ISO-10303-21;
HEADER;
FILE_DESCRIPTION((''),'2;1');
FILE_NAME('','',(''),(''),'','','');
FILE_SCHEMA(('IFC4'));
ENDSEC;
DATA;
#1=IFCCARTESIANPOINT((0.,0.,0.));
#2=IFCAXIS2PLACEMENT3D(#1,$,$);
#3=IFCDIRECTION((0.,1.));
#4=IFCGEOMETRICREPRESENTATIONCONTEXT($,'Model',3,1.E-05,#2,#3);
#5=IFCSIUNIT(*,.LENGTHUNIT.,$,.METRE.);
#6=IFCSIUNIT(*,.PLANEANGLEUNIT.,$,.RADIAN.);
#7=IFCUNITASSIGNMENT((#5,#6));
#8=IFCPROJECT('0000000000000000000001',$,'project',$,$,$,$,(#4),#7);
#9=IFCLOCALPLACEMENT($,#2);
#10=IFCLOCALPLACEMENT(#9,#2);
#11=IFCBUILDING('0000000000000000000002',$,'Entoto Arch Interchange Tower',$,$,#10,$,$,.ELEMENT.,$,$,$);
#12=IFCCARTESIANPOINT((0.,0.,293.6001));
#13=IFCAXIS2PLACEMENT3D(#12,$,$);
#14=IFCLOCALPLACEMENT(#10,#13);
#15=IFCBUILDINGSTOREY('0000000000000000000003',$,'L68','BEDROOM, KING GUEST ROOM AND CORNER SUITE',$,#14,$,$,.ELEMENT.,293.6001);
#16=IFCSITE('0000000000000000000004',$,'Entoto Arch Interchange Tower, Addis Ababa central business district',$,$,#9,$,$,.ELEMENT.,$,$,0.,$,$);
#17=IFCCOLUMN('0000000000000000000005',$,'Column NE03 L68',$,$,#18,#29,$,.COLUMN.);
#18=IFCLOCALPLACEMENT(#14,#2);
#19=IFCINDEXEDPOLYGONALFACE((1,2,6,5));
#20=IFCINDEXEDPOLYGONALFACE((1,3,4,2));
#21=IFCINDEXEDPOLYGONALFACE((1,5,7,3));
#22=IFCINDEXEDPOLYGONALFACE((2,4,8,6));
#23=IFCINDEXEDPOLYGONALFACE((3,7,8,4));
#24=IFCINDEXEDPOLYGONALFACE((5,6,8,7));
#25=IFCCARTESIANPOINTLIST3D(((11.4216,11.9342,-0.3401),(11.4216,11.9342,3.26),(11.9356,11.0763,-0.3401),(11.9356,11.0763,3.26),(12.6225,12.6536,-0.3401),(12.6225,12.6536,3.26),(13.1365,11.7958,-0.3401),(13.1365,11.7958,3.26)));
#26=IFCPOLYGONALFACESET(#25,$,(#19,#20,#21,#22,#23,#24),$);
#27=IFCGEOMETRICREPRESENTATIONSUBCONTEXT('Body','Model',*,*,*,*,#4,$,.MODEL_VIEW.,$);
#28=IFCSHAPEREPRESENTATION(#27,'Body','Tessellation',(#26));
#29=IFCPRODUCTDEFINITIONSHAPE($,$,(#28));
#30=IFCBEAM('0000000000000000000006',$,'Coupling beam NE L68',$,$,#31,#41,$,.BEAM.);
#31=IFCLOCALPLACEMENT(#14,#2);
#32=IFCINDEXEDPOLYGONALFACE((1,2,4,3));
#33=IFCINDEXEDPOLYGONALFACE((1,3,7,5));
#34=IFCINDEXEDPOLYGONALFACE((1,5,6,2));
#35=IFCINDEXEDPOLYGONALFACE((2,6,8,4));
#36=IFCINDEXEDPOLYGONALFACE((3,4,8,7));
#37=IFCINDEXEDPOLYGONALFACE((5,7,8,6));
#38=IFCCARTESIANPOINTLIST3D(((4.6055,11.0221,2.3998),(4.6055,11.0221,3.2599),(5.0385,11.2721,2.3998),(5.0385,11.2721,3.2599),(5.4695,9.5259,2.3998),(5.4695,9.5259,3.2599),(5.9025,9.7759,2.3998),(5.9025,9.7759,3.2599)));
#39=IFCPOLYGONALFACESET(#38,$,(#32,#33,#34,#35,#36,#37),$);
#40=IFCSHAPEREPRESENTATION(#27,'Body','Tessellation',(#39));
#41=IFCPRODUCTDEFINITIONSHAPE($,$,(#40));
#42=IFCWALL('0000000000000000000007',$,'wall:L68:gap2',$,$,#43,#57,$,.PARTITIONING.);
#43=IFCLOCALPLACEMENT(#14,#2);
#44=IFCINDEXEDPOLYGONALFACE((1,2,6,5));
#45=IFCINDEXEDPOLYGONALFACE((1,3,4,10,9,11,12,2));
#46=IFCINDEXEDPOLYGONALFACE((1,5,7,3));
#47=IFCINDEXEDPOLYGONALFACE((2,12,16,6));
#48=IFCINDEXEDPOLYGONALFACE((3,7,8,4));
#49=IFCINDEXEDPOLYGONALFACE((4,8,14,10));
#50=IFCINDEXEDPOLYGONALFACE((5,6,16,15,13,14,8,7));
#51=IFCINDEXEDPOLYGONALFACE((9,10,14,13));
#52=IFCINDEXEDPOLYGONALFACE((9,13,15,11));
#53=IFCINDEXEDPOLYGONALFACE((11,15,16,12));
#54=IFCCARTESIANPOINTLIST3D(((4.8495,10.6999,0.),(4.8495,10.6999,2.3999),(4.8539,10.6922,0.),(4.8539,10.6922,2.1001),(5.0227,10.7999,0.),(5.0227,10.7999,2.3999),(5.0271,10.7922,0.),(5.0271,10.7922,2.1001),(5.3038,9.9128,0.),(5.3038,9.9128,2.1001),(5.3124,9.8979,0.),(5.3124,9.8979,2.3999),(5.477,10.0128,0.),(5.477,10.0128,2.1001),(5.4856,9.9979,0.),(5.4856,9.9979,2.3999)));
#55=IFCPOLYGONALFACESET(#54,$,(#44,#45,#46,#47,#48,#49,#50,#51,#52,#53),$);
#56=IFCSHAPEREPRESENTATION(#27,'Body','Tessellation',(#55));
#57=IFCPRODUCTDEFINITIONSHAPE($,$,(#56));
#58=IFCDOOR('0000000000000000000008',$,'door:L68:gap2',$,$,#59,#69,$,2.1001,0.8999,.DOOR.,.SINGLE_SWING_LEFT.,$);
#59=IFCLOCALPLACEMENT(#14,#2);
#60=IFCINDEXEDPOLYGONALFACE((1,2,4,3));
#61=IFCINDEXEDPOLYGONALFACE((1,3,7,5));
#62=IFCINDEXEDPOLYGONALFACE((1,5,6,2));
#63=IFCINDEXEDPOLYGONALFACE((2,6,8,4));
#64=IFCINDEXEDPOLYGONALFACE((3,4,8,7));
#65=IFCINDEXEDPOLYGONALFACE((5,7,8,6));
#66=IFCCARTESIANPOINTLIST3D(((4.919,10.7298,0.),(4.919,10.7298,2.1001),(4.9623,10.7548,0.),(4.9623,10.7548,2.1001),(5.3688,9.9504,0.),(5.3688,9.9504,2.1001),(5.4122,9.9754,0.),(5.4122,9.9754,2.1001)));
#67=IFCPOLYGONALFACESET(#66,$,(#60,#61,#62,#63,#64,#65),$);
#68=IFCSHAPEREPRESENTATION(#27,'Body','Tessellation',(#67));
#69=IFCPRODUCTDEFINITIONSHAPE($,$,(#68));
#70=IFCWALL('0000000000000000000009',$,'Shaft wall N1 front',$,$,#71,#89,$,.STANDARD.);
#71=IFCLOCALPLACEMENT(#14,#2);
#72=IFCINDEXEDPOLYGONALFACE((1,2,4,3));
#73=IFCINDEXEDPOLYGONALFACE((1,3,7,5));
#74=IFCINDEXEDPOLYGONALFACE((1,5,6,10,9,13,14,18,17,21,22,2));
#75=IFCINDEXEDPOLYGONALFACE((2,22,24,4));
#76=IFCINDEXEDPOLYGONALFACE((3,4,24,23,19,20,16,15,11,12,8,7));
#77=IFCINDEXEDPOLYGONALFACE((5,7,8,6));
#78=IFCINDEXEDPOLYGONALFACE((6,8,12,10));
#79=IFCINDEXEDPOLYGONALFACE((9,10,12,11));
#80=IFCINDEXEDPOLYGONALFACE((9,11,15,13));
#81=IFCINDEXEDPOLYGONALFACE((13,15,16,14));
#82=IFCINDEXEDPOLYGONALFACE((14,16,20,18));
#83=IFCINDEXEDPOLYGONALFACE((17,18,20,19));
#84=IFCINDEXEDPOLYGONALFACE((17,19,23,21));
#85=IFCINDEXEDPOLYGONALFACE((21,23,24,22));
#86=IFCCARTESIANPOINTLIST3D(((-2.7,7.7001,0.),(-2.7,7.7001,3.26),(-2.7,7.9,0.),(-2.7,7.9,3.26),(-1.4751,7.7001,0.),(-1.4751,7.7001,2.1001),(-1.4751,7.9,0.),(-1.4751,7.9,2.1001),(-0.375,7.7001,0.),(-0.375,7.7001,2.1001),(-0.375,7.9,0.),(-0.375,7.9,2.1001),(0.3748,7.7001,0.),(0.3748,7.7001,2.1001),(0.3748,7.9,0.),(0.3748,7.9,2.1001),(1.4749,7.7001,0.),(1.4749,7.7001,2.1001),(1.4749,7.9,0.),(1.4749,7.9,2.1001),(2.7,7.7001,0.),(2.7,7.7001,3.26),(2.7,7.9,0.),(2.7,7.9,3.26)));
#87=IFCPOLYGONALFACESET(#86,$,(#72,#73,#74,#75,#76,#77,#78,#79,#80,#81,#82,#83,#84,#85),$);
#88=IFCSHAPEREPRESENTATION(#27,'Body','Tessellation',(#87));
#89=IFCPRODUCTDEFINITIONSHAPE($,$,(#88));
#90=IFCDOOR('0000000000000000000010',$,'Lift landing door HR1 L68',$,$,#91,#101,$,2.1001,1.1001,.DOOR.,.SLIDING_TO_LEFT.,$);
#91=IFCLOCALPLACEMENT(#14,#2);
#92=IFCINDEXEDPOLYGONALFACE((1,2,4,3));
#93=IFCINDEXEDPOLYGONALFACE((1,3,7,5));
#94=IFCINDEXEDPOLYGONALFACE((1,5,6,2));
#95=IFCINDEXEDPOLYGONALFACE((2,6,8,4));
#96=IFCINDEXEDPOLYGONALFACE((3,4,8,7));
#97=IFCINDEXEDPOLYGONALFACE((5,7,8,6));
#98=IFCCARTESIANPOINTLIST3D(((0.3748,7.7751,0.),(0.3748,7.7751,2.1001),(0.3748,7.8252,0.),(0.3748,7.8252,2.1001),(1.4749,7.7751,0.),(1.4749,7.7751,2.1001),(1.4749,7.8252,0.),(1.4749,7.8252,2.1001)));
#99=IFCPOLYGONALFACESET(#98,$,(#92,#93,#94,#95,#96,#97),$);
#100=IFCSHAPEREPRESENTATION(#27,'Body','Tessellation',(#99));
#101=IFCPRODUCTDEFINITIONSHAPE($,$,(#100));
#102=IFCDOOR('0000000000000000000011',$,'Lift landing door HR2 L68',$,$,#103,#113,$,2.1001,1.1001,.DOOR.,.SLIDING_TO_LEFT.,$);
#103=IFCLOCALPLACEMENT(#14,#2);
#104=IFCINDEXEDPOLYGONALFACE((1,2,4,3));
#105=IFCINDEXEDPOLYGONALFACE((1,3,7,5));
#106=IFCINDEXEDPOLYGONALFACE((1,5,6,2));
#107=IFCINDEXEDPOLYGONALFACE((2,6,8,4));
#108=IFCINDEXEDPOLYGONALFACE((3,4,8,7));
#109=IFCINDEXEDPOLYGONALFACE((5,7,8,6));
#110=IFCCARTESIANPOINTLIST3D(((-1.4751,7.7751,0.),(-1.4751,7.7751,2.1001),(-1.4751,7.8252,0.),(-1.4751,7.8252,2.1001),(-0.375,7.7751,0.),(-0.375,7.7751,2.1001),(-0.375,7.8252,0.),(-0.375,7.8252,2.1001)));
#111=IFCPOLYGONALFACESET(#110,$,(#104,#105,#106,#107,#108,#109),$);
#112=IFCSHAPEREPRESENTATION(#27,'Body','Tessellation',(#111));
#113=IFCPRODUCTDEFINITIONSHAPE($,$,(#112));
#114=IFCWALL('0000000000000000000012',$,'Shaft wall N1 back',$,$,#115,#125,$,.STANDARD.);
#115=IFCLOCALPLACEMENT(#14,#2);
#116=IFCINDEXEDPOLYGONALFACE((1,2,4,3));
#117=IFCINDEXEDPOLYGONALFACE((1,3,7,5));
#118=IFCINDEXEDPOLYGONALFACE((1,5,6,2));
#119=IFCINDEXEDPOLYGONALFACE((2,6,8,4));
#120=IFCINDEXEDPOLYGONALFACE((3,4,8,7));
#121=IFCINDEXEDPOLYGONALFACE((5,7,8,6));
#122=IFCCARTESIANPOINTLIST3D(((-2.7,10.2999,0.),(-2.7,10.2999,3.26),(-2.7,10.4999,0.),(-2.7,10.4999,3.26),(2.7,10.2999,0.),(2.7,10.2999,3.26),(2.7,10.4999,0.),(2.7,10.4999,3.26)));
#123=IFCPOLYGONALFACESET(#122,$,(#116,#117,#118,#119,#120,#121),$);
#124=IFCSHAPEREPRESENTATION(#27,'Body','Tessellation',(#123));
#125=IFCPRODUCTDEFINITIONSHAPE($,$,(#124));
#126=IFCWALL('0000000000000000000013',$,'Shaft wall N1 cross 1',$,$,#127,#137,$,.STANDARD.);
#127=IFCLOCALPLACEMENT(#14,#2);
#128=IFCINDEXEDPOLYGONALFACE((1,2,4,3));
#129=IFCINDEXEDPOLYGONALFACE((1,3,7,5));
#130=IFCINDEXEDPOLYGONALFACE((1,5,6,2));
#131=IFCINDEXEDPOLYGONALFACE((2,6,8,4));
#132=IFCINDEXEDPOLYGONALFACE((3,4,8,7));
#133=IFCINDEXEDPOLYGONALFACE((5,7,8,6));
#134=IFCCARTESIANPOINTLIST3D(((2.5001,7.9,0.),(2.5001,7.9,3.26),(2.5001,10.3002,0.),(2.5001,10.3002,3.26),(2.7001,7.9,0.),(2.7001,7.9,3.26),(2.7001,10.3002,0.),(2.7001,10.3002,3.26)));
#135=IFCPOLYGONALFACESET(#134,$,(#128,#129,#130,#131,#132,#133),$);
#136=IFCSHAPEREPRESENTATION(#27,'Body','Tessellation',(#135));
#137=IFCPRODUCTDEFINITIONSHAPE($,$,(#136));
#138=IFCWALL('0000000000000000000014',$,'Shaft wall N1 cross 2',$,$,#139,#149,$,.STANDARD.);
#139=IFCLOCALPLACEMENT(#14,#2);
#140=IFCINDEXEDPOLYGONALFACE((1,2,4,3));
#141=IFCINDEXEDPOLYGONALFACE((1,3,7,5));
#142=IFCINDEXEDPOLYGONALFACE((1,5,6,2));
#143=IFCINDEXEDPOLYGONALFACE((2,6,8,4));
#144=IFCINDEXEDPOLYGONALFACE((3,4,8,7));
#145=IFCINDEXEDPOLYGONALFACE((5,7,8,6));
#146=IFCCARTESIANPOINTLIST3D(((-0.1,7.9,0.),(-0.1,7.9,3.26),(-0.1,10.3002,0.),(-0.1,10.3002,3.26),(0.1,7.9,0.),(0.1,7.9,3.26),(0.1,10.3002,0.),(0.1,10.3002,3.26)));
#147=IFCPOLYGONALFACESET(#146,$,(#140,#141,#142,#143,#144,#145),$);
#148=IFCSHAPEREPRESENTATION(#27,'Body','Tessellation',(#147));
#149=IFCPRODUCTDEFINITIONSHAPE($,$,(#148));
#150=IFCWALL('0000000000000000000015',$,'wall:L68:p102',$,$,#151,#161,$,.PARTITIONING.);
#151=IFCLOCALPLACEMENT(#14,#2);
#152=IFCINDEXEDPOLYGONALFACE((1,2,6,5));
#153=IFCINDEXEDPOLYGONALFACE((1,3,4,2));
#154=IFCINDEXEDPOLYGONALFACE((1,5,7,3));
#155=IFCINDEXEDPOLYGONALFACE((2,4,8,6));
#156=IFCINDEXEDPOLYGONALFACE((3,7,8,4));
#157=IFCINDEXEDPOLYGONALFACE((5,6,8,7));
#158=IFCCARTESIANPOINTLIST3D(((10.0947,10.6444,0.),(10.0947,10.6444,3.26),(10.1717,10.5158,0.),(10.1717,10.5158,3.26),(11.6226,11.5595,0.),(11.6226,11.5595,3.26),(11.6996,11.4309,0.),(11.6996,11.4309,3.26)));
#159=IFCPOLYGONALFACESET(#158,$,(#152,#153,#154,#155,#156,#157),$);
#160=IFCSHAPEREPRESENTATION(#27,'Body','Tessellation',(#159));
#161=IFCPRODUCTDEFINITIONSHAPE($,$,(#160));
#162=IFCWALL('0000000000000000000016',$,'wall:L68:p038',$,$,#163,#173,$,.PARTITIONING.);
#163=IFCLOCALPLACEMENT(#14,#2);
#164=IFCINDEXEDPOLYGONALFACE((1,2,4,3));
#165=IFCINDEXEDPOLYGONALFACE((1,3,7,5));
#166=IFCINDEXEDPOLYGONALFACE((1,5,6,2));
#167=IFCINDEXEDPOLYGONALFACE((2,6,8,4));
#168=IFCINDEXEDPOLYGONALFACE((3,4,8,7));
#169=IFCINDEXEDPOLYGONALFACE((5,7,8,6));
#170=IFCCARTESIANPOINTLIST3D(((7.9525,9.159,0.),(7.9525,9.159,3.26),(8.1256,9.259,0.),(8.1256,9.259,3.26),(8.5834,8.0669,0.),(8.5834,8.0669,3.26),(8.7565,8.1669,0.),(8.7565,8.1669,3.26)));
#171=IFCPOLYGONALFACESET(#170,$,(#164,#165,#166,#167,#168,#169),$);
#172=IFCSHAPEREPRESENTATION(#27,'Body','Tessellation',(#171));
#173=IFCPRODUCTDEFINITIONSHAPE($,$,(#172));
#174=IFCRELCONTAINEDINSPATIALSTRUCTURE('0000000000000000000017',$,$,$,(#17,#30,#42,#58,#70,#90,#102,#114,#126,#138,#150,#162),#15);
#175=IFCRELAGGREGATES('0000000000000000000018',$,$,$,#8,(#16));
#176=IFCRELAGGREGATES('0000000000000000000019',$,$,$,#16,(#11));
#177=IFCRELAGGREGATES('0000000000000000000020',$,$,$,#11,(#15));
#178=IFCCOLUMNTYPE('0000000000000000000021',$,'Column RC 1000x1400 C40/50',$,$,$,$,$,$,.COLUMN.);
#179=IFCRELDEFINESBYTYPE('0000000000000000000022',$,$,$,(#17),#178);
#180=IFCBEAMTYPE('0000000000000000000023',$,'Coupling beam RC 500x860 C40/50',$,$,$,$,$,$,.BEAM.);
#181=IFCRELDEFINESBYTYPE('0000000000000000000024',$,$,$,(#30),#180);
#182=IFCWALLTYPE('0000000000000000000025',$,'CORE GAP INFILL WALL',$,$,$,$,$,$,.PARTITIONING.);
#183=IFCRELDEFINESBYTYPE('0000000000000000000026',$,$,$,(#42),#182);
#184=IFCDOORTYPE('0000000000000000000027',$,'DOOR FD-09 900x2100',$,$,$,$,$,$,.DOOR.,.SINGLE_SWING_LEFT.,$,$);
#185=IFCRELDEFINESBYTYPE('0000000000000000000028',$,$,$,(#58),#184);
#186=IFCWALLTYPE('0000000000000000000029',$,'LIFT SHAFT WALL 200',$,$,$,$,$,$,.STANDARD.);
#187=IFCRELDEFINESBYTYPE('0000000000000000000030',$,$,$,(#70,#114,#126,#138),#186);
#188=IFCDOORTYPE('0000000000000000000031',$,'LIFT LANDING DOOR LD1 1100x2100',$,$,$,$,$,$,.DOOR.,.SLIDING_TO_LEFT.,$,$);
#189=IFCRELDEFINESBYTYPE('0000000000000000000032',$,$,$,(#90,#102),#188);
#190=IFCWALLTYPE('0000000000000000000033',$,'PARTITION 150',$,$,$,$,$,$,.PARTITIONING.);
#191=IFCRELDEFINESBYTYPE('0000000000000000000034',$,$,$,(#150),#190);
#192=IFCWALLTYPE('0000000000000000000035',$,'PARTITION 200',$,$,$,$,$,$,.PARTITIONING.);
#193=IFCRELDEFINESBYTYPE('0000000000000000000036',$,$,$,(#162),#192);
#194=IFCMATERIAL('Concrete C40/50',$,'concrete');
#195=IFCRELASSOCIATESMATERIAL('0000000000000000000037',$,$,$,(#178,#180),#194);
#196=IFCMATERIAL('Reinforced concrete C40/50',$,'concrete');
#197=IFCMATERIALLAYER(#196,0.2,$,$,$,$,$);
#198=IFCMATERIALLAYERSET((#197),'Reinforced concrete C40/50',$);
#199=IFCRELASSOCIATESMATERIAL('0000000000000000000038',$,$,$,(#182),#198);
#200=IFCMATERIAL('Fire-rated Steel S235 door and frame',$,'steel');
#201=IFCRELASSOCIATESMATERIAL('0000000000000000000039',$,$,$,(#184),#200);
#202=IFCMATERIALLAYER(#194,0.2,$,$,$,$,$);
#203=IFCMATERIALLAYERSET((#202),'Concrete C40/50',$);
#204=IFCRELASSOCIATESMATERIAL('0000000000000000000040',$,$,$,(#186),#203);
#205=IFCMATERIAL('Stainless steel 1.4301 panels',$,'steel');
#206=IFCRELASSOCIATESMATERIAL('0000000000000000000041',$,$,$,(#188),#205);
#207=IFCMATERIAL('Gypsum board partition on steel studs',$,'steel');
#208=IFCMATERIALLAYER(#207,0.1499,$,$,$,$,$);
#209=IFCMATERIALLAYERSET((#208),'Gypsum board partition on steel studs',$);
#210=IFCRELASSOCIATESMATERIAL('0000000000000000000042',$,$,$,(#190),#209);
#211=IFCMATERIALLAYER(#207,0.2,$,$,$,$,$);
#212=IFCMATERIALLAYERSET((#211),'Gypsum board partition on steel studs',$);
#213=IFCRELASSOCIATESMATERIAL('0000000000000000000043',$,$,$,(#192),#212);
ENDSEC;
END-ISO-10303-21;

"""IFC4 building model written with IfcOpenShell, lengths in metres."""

from ifc_helpers import new_model, si_unit, direction, frame, frame_2d, origin, origin_2d, place, context, subcontext, project, spatial, rectangle, extrude, material, layer, layer_set, material_profile, profile_set, type_object, element, fill, save


model = new_model("IFC4")

# Units and contexts
model_context = context("Model", 3, precision=1e-05, world=origin(), true_north=direction((0.0, 1.0)))
body_context = subcontext(model_context, "Body", "Model", "MODEL_VIEW")
ifc_project = project(units=[si_unit("LENGTHUNIT", "METRE"), si_unit("PLANEANGLEUNIT", "RADIAN")], contexts=[model_context])

# Site, building, storey
site_placement = place(None, origin())
site = spatial("IfcSite", under=ifc_project, at=site_placement, Name="Entoto Arch Interchange Tower, Addis Ababa central business district", CompositionType="ELEMENT", RefElevation=0.0)
building_placement = place(site_placement, origin())
building = spatial("IfcBuilding", under=site, at=building_placement, Name="Entoto Arch Interchange Tower", CompositionType="ELEMENT")
storey_placement = place(building_placement, frame((0.0, 0.0, 293.6001)))
storey = spatial("IfcBuildingStorey", under=building, at=storey_placement, Name="L68", Description="BEDROOM, KING GUEST ROOM AND CORNER SUITE", CompositionType="ELEMENT", Elevation=293.6001)

# Column
ifc_material_1 = material(Name="Concrete C40/50", Category="concrete")
ifc_material_profile_1 = material_profile(ifc_material_1, rectangle(XDim=1.0, YDim=1.3999, at=origin_2d()))
ifc_profile_set_1 = profile_set([ifc_material_profile_1], Name="Concrete C40/50")
column_type = type_object("IfcColumnType", Name="Column RC 1000x1400 C40/50", PredefinedType="COLUMN", material=ifc_profile_set_1)
column_placement = place(storey_placement, frame((12.2791, 11.865, -0.3401), z_axis=(0.0, 0.0, 1.0), x_axis=(-0.513946, 0.857823, 0.0)))
element("IfcColumn", 1, at=column_placement, inside=storey, type_object=column_type, Name="Column NE03 L68", PredefinedType="COLUMN", context=body_context, shape_type="SweptSolid", body=[
    extrude(rectangle(XDim=1.0, YDim=1.3999, at=origin_2d()), origin(), (0.0, 0.0, 1.0), 3.6001),
])

# Beam
ifc_material_profile_2 = material_profile(ifc_material_1, rectangle(XDim=0.5, YDim=0.8601, at=origin_2d()))
ifc_profile_set_2 = profile_set([ifc_material_profile_2], Name="Concrete C40/50")
beam_type = type_object("IfcBeamType", Name="Coupling beam RC 500x860 C40/50", PredefinedType="BEAM", material=ifc_profile_set_2)
beam_placement = place(storey_placement, frame((5.686, 9.6509, 2.8298), z_axis=(-0.500106, 0.865964, 0.0), x_axis=(-0.865964, -0.500106, 0.0)))
element("IfcBeam", 2, at=beam_placement, inside=storey, type_object=beam_type, Name="Coupling beam NE L68", PredefinedType="BEAM", context=body_context, shape_type="SweptSolid", body=[
    extrude(rectangle(XDim=0.5, YDim=0.8601, at=origin_2d()), origin(), (0.0, 0.0, 1.0), 1.7278),
])

# Wall, opening, door
ifc_material_2 = material(Name="Reinforced concrete C40/50", Category="concrete")
ifc_layer_1 = layer(ifc_material_2, 0.2)
ifc_layer_set_1 = layer_set([ifc_layer_1], Name="Reinforced concrete C40/50")
wall_type_1 = type_object("IfcWallType", Name="CORE GAP INFILL WALL", PredefinedType="PARTITIONING", material=ifc_layer_set_1)
wall_1_placement = place(storey_placement, frame((5.3989, 9.948, 0.0), z_axis=(0.0, 0.0, 1.0), x_axis=(-0.499882, 0.866093, 0.0)))
wall_1 = element("IfcWall", 3, at=wall_1_placement, inside=storey, type_object=wall_type_1, Name="wall:L68:gap2", PredefinedType="PARTITIONING", context=body_context, shape_type="SweptSolid", body=[
    extrude(rectangle(XDim=0.926, YDim=0.2, at=frame_2d((0.4629, 0.0))), origin(), (0.0, 0.0, 1.0), 2.3999),
])
opening_1_placement = place(wall_1_placement, frame((0.0171, 0.0, 0.0)))
opening_1 = element("IfcOpeningElement", 4, at=opening_1_placement, cuts=wall_1, PredefinedType="OPENING", context=body_context, shape_type="SweptSolid", body=[
    extrude(rectangle(XDim=0.8999, YDim=2.1001, at=frame_2d((0.45, 1.05))), frame((0.0, 0.1099, 0.0), z_axis=(0.0, -1.0, 0.0), x_axis=(1.0, 0.0, 0.0)), (0.0, 0.0, 1.0), 0.22),
])
ifc_material_3 = material(Name="Fire-rated Steel S235 door and frame", Category="steel")
door_type_1 = type_object("IfcDoorType", Name="DOOR FD-09 900x2100", OperationType="SINGLE_SWING_LEFT", PredefinedType="DOOR", material=ifc_material_3)
door_1_placement = place(opening_1_placement, origin())
door_1 = element("IfcDoor", 5, at=door_1_placement, inside=storey, type_object=door_type_1, Name="door:L68:gap2", OperationType="SINGLE_SWING_LEFT", OverallHeight=2.1001, OverallWidth=0.8999, PredefinedType="DOOR", context=body_context, shape_type="SweptSolid", body=[
    extrude(rectangle(XDim=0.8999, YDim=2.1001, at=frame_2d((0.45, 1.05))), frame((0.0, 0.0249, 0.0), z_axis=(0.0, -1.0, 0.0), x_axis=(1.0, 0.0, 0.0)), (0.0, 0.0, 1.0), 0.05),
])
fill(opening_1, door_1)

# Wall, openings, doors
ifc_layer_2 = layer(ifc_material_1, 0.2)
ifc_layer_set_2 = layer_set([ifc_layer_2], Name="Concrete C40/50")
wall_type_2 = type_object("IfcWallType", Name="LIFT SHAFT WALL 200", PredefinedType="STANDARD", material=ifc_layer_set_2)
wall_2_placement = place(storey_placement, frame((2.7, 7.8, 0.0), z_axis=(0.0, 0.0, 1.0), x_axis=(-1.0, 0.0, 0.0)))
wall_2 = element("IfcWall", 6, at=wall_2_placement, inside=storey, type_object=wall_type_2, Name="Shaft wall N1 front", PredefinedType="STANDARD", context=body_context, shape_type="SweptSolid", body=[
    extrude(rectangle(XDim=5.3999, YDim=0.2, at=frame_2d((2.7, 0.0))), origin(), (0.0, 0.0, 1.0), 3.26),
])
opening_2_placement = place(wall_2_placement, frame((1.2251, 0.0, 0.0)))
opening_2 = element("IfcOpeningElement", 7, at=opening_2_placement, cuts=wall_2, PredefinedType="OPENING", context=body_context, shape_type="SweptSolid", body=[
    extrude(rectangle(XDim=1.1001, YDim=2.1001, at=frame_2d((0.55, 1.05))), frame((0.0, 0.1099, 0.0), z_axis=(0.0, -1.0, 0.0), x_axis=(1.0, 0.0, 0.0)), (0.0, 0.0, 1.0), 0.22),
])
opening_3_placement = place(wall_2_placement, frame((3.075, 0.0, 0.0)))
opening_3 = element("IfcOpeningElement", 8, at=opening_3_placement, cuts=wall_2, PredefinedType="OPENING", context=body_context, shape_type="SweptSolid", body=[
    extrude(rectangle(XDim=1.1001, YDim=2.1001, at=frame_2d((0.55, 1.05))), frame((0.0, 0.1099, 0.0), z_axis=(0.0, -1.0, 0.0), x_axis=(1.0, 0.0, 0.0)), (0.0, 0.0, 1.0), 0.22),
])
ifc_material_4 = material(Name="Stainless steel 1.4301 panels", Category="steel")
door_type_2 = type_object("IfcDoorType", Name="LIFT LANDING DOOR LD1 1100x2100", OperationType="SLIDING_TO_LEFT", PredefinedType="DOOR", material=ifc_material_4)
door_2_placement = place(opening_2_placement, origin())
door_2 = element("IfcDoor", 9, at=door_2_placement, inside=storey, type_object=door_type_2, Name="Lift landing door HR1 L68", OperationType="SLIDING_TO_LEFT", OverallHeight=2.1001, OverallWidth=1.1001, PredefinedType="DOOR", context=body_context, shape_type="SweptSolid", body=[
    extrude(rectangle(XDim=1.1001, YDim=2.1001, at=frame_2d((0.55, 1.05))), frame((0.0, 0.0249, 0.0), z_axis=(0.0, -1.0, 0.0), x_axis=(1.0, 0.0, 0.0)), (0.0, 0.0, 1.0), 0.05),
])
fill(opening_2, door_2)
door_3_placement = place(opening_3_placement, origin())
door_3 = element("IfcDoor", 10, at=door_3_placement, inside=storey, type_object=door_type_2, Name="Lift landing door HR2 L68", OperationType="SLIDING_TO_LEFT", OverallHeight=2.1001, OverallWidth=1.1001, PredefinedType="DOOR", context=body_context, shape_type="SweptSolid", body=[
    extrude(rectangle(XDim=1.1001, YDim=2.1001, at=frame_2d((0.55, 1.05))), frame((0.0, 0.0249, 0.0), z_axis=(0.0, -1.0, 0.0), x_axis=(1.0, 0.0, 0.0)), (0.0, 0.0, 1.0), 0.05),
])
fill(opening_3, door_3)

# Walls
wall_3_placement = place(storey_placement, frame((2.7, 10.3999, 0.0), z_axis=(0.0, 0.0, 1.0), x_axis=(-1.0, 0.0, 0.0)))
element("IfcWall", 11, at=wall_3_placement, inside=storey, type_object=wall_type_2, Name="Shaft wall N1 back", PredefinedType="STANDARD", context=body_context, shape_type="SweptSolid", body=[
    extrude(rectangle(XDim=5.3999, YDim=0.2, at=frame_2d((2.7, 0.0))), origin(), (0.0, 0.0, 1.0), 3.26),
])
for number, where, z_axis, x_axis, name in (
    (12, (2.6001, 7.8999, 0.0), (0.0, 0.0, 1.0), (0.0, 1.0, 0.0), "Shaft wall N1 cross 1"),
    (13, (0.0, 7.8999, 0.0), (0.0, 0.0, 1.0), (0.0, 1.0, 0.0), "Shaft wall N1 cross 2"),
):
    element("IfcWall", number, at=place(storey_placement, frame(where, z_axis=z_axis, x_axis=x_axis)), inside=storey, type_object=wall_type_2, Name=name, PredefinedType="STANDARD", context=body_context, shape_type="SweptSolid", body=[
        extrude(rectangle(XDim=2.4001, YDim=0.2, at=frame_2d((1.2002, 0.0))), origin(), (0.0, 0.0, 1.0), 3.26),
    ])
ifc_material_5 = material(Name="Gypsum board partition on steel studs", Category="steel")
ifc_layer_3 = layer(ifc_material_5, 0.1499)
ifc_layer_set_3 = layer_set([ifc_layer_3], Name="Gypsum board partition on steel studs")
wall_type_3 = type_object("IfcWallType", Name="PARTITION 150", PredefinedType="PARTITIONING", material=ifc_layer_set_3)
wall_4_placement = place(storey_placement, frame((10.1331, 10.5801, 0.0), z_axis=(0.0, 0.0, 1.0), x_axis=(0.857904, 0.51381, 0.0)))
element("IfcWall", 14, at=wall_4_placement, inside=storey, type_object=wall_type_3, Name="wall:L68:p102", PredefinedType="PARTITIONING", context=body_context, shape_type="SweptSolid", body=[
    extrude(rectangle(XDim=1.781, YDim=0.1499, at=frame_2d((0.8906, 0.0))), origin(), (0.0, 0.0, 1.0), 3.26),
])
ifc_layer_4 = layer(ifc_material_5, 0.2)
ifc_layer_set_4 = layer_set([ifc_layer_4], Name="Gypsum board partition on steel studs")
wall_type_4 = type_object("IfcWallType", Name="PARTITION 200", PredefinedType="PARTITIONING", material=ifc_layer_set_4)
wall_5_placement = place(storey_placement, frame((8.0391, 9.209, 0.0), z_axis=(0.0, 0.0, 1.0), x_axis=(0.50022, -0.865899, 0.0)))
element("IfcWall", 15, at=wall_5_placement, inside=storey, type_object=wall_type_4, Name="wall:L68:p038", PredefinedType="PARTITIONING", context=body_context, shape_type="SweptSolid", body=[
    extrude(rectangle(XDim=1.2612, YDim=0.2, at=frame_2d((0.6306, 0.0))), origin(), (0.0, 0.0, 1.0), 3.26),
])

save(model, "model.ifc")
